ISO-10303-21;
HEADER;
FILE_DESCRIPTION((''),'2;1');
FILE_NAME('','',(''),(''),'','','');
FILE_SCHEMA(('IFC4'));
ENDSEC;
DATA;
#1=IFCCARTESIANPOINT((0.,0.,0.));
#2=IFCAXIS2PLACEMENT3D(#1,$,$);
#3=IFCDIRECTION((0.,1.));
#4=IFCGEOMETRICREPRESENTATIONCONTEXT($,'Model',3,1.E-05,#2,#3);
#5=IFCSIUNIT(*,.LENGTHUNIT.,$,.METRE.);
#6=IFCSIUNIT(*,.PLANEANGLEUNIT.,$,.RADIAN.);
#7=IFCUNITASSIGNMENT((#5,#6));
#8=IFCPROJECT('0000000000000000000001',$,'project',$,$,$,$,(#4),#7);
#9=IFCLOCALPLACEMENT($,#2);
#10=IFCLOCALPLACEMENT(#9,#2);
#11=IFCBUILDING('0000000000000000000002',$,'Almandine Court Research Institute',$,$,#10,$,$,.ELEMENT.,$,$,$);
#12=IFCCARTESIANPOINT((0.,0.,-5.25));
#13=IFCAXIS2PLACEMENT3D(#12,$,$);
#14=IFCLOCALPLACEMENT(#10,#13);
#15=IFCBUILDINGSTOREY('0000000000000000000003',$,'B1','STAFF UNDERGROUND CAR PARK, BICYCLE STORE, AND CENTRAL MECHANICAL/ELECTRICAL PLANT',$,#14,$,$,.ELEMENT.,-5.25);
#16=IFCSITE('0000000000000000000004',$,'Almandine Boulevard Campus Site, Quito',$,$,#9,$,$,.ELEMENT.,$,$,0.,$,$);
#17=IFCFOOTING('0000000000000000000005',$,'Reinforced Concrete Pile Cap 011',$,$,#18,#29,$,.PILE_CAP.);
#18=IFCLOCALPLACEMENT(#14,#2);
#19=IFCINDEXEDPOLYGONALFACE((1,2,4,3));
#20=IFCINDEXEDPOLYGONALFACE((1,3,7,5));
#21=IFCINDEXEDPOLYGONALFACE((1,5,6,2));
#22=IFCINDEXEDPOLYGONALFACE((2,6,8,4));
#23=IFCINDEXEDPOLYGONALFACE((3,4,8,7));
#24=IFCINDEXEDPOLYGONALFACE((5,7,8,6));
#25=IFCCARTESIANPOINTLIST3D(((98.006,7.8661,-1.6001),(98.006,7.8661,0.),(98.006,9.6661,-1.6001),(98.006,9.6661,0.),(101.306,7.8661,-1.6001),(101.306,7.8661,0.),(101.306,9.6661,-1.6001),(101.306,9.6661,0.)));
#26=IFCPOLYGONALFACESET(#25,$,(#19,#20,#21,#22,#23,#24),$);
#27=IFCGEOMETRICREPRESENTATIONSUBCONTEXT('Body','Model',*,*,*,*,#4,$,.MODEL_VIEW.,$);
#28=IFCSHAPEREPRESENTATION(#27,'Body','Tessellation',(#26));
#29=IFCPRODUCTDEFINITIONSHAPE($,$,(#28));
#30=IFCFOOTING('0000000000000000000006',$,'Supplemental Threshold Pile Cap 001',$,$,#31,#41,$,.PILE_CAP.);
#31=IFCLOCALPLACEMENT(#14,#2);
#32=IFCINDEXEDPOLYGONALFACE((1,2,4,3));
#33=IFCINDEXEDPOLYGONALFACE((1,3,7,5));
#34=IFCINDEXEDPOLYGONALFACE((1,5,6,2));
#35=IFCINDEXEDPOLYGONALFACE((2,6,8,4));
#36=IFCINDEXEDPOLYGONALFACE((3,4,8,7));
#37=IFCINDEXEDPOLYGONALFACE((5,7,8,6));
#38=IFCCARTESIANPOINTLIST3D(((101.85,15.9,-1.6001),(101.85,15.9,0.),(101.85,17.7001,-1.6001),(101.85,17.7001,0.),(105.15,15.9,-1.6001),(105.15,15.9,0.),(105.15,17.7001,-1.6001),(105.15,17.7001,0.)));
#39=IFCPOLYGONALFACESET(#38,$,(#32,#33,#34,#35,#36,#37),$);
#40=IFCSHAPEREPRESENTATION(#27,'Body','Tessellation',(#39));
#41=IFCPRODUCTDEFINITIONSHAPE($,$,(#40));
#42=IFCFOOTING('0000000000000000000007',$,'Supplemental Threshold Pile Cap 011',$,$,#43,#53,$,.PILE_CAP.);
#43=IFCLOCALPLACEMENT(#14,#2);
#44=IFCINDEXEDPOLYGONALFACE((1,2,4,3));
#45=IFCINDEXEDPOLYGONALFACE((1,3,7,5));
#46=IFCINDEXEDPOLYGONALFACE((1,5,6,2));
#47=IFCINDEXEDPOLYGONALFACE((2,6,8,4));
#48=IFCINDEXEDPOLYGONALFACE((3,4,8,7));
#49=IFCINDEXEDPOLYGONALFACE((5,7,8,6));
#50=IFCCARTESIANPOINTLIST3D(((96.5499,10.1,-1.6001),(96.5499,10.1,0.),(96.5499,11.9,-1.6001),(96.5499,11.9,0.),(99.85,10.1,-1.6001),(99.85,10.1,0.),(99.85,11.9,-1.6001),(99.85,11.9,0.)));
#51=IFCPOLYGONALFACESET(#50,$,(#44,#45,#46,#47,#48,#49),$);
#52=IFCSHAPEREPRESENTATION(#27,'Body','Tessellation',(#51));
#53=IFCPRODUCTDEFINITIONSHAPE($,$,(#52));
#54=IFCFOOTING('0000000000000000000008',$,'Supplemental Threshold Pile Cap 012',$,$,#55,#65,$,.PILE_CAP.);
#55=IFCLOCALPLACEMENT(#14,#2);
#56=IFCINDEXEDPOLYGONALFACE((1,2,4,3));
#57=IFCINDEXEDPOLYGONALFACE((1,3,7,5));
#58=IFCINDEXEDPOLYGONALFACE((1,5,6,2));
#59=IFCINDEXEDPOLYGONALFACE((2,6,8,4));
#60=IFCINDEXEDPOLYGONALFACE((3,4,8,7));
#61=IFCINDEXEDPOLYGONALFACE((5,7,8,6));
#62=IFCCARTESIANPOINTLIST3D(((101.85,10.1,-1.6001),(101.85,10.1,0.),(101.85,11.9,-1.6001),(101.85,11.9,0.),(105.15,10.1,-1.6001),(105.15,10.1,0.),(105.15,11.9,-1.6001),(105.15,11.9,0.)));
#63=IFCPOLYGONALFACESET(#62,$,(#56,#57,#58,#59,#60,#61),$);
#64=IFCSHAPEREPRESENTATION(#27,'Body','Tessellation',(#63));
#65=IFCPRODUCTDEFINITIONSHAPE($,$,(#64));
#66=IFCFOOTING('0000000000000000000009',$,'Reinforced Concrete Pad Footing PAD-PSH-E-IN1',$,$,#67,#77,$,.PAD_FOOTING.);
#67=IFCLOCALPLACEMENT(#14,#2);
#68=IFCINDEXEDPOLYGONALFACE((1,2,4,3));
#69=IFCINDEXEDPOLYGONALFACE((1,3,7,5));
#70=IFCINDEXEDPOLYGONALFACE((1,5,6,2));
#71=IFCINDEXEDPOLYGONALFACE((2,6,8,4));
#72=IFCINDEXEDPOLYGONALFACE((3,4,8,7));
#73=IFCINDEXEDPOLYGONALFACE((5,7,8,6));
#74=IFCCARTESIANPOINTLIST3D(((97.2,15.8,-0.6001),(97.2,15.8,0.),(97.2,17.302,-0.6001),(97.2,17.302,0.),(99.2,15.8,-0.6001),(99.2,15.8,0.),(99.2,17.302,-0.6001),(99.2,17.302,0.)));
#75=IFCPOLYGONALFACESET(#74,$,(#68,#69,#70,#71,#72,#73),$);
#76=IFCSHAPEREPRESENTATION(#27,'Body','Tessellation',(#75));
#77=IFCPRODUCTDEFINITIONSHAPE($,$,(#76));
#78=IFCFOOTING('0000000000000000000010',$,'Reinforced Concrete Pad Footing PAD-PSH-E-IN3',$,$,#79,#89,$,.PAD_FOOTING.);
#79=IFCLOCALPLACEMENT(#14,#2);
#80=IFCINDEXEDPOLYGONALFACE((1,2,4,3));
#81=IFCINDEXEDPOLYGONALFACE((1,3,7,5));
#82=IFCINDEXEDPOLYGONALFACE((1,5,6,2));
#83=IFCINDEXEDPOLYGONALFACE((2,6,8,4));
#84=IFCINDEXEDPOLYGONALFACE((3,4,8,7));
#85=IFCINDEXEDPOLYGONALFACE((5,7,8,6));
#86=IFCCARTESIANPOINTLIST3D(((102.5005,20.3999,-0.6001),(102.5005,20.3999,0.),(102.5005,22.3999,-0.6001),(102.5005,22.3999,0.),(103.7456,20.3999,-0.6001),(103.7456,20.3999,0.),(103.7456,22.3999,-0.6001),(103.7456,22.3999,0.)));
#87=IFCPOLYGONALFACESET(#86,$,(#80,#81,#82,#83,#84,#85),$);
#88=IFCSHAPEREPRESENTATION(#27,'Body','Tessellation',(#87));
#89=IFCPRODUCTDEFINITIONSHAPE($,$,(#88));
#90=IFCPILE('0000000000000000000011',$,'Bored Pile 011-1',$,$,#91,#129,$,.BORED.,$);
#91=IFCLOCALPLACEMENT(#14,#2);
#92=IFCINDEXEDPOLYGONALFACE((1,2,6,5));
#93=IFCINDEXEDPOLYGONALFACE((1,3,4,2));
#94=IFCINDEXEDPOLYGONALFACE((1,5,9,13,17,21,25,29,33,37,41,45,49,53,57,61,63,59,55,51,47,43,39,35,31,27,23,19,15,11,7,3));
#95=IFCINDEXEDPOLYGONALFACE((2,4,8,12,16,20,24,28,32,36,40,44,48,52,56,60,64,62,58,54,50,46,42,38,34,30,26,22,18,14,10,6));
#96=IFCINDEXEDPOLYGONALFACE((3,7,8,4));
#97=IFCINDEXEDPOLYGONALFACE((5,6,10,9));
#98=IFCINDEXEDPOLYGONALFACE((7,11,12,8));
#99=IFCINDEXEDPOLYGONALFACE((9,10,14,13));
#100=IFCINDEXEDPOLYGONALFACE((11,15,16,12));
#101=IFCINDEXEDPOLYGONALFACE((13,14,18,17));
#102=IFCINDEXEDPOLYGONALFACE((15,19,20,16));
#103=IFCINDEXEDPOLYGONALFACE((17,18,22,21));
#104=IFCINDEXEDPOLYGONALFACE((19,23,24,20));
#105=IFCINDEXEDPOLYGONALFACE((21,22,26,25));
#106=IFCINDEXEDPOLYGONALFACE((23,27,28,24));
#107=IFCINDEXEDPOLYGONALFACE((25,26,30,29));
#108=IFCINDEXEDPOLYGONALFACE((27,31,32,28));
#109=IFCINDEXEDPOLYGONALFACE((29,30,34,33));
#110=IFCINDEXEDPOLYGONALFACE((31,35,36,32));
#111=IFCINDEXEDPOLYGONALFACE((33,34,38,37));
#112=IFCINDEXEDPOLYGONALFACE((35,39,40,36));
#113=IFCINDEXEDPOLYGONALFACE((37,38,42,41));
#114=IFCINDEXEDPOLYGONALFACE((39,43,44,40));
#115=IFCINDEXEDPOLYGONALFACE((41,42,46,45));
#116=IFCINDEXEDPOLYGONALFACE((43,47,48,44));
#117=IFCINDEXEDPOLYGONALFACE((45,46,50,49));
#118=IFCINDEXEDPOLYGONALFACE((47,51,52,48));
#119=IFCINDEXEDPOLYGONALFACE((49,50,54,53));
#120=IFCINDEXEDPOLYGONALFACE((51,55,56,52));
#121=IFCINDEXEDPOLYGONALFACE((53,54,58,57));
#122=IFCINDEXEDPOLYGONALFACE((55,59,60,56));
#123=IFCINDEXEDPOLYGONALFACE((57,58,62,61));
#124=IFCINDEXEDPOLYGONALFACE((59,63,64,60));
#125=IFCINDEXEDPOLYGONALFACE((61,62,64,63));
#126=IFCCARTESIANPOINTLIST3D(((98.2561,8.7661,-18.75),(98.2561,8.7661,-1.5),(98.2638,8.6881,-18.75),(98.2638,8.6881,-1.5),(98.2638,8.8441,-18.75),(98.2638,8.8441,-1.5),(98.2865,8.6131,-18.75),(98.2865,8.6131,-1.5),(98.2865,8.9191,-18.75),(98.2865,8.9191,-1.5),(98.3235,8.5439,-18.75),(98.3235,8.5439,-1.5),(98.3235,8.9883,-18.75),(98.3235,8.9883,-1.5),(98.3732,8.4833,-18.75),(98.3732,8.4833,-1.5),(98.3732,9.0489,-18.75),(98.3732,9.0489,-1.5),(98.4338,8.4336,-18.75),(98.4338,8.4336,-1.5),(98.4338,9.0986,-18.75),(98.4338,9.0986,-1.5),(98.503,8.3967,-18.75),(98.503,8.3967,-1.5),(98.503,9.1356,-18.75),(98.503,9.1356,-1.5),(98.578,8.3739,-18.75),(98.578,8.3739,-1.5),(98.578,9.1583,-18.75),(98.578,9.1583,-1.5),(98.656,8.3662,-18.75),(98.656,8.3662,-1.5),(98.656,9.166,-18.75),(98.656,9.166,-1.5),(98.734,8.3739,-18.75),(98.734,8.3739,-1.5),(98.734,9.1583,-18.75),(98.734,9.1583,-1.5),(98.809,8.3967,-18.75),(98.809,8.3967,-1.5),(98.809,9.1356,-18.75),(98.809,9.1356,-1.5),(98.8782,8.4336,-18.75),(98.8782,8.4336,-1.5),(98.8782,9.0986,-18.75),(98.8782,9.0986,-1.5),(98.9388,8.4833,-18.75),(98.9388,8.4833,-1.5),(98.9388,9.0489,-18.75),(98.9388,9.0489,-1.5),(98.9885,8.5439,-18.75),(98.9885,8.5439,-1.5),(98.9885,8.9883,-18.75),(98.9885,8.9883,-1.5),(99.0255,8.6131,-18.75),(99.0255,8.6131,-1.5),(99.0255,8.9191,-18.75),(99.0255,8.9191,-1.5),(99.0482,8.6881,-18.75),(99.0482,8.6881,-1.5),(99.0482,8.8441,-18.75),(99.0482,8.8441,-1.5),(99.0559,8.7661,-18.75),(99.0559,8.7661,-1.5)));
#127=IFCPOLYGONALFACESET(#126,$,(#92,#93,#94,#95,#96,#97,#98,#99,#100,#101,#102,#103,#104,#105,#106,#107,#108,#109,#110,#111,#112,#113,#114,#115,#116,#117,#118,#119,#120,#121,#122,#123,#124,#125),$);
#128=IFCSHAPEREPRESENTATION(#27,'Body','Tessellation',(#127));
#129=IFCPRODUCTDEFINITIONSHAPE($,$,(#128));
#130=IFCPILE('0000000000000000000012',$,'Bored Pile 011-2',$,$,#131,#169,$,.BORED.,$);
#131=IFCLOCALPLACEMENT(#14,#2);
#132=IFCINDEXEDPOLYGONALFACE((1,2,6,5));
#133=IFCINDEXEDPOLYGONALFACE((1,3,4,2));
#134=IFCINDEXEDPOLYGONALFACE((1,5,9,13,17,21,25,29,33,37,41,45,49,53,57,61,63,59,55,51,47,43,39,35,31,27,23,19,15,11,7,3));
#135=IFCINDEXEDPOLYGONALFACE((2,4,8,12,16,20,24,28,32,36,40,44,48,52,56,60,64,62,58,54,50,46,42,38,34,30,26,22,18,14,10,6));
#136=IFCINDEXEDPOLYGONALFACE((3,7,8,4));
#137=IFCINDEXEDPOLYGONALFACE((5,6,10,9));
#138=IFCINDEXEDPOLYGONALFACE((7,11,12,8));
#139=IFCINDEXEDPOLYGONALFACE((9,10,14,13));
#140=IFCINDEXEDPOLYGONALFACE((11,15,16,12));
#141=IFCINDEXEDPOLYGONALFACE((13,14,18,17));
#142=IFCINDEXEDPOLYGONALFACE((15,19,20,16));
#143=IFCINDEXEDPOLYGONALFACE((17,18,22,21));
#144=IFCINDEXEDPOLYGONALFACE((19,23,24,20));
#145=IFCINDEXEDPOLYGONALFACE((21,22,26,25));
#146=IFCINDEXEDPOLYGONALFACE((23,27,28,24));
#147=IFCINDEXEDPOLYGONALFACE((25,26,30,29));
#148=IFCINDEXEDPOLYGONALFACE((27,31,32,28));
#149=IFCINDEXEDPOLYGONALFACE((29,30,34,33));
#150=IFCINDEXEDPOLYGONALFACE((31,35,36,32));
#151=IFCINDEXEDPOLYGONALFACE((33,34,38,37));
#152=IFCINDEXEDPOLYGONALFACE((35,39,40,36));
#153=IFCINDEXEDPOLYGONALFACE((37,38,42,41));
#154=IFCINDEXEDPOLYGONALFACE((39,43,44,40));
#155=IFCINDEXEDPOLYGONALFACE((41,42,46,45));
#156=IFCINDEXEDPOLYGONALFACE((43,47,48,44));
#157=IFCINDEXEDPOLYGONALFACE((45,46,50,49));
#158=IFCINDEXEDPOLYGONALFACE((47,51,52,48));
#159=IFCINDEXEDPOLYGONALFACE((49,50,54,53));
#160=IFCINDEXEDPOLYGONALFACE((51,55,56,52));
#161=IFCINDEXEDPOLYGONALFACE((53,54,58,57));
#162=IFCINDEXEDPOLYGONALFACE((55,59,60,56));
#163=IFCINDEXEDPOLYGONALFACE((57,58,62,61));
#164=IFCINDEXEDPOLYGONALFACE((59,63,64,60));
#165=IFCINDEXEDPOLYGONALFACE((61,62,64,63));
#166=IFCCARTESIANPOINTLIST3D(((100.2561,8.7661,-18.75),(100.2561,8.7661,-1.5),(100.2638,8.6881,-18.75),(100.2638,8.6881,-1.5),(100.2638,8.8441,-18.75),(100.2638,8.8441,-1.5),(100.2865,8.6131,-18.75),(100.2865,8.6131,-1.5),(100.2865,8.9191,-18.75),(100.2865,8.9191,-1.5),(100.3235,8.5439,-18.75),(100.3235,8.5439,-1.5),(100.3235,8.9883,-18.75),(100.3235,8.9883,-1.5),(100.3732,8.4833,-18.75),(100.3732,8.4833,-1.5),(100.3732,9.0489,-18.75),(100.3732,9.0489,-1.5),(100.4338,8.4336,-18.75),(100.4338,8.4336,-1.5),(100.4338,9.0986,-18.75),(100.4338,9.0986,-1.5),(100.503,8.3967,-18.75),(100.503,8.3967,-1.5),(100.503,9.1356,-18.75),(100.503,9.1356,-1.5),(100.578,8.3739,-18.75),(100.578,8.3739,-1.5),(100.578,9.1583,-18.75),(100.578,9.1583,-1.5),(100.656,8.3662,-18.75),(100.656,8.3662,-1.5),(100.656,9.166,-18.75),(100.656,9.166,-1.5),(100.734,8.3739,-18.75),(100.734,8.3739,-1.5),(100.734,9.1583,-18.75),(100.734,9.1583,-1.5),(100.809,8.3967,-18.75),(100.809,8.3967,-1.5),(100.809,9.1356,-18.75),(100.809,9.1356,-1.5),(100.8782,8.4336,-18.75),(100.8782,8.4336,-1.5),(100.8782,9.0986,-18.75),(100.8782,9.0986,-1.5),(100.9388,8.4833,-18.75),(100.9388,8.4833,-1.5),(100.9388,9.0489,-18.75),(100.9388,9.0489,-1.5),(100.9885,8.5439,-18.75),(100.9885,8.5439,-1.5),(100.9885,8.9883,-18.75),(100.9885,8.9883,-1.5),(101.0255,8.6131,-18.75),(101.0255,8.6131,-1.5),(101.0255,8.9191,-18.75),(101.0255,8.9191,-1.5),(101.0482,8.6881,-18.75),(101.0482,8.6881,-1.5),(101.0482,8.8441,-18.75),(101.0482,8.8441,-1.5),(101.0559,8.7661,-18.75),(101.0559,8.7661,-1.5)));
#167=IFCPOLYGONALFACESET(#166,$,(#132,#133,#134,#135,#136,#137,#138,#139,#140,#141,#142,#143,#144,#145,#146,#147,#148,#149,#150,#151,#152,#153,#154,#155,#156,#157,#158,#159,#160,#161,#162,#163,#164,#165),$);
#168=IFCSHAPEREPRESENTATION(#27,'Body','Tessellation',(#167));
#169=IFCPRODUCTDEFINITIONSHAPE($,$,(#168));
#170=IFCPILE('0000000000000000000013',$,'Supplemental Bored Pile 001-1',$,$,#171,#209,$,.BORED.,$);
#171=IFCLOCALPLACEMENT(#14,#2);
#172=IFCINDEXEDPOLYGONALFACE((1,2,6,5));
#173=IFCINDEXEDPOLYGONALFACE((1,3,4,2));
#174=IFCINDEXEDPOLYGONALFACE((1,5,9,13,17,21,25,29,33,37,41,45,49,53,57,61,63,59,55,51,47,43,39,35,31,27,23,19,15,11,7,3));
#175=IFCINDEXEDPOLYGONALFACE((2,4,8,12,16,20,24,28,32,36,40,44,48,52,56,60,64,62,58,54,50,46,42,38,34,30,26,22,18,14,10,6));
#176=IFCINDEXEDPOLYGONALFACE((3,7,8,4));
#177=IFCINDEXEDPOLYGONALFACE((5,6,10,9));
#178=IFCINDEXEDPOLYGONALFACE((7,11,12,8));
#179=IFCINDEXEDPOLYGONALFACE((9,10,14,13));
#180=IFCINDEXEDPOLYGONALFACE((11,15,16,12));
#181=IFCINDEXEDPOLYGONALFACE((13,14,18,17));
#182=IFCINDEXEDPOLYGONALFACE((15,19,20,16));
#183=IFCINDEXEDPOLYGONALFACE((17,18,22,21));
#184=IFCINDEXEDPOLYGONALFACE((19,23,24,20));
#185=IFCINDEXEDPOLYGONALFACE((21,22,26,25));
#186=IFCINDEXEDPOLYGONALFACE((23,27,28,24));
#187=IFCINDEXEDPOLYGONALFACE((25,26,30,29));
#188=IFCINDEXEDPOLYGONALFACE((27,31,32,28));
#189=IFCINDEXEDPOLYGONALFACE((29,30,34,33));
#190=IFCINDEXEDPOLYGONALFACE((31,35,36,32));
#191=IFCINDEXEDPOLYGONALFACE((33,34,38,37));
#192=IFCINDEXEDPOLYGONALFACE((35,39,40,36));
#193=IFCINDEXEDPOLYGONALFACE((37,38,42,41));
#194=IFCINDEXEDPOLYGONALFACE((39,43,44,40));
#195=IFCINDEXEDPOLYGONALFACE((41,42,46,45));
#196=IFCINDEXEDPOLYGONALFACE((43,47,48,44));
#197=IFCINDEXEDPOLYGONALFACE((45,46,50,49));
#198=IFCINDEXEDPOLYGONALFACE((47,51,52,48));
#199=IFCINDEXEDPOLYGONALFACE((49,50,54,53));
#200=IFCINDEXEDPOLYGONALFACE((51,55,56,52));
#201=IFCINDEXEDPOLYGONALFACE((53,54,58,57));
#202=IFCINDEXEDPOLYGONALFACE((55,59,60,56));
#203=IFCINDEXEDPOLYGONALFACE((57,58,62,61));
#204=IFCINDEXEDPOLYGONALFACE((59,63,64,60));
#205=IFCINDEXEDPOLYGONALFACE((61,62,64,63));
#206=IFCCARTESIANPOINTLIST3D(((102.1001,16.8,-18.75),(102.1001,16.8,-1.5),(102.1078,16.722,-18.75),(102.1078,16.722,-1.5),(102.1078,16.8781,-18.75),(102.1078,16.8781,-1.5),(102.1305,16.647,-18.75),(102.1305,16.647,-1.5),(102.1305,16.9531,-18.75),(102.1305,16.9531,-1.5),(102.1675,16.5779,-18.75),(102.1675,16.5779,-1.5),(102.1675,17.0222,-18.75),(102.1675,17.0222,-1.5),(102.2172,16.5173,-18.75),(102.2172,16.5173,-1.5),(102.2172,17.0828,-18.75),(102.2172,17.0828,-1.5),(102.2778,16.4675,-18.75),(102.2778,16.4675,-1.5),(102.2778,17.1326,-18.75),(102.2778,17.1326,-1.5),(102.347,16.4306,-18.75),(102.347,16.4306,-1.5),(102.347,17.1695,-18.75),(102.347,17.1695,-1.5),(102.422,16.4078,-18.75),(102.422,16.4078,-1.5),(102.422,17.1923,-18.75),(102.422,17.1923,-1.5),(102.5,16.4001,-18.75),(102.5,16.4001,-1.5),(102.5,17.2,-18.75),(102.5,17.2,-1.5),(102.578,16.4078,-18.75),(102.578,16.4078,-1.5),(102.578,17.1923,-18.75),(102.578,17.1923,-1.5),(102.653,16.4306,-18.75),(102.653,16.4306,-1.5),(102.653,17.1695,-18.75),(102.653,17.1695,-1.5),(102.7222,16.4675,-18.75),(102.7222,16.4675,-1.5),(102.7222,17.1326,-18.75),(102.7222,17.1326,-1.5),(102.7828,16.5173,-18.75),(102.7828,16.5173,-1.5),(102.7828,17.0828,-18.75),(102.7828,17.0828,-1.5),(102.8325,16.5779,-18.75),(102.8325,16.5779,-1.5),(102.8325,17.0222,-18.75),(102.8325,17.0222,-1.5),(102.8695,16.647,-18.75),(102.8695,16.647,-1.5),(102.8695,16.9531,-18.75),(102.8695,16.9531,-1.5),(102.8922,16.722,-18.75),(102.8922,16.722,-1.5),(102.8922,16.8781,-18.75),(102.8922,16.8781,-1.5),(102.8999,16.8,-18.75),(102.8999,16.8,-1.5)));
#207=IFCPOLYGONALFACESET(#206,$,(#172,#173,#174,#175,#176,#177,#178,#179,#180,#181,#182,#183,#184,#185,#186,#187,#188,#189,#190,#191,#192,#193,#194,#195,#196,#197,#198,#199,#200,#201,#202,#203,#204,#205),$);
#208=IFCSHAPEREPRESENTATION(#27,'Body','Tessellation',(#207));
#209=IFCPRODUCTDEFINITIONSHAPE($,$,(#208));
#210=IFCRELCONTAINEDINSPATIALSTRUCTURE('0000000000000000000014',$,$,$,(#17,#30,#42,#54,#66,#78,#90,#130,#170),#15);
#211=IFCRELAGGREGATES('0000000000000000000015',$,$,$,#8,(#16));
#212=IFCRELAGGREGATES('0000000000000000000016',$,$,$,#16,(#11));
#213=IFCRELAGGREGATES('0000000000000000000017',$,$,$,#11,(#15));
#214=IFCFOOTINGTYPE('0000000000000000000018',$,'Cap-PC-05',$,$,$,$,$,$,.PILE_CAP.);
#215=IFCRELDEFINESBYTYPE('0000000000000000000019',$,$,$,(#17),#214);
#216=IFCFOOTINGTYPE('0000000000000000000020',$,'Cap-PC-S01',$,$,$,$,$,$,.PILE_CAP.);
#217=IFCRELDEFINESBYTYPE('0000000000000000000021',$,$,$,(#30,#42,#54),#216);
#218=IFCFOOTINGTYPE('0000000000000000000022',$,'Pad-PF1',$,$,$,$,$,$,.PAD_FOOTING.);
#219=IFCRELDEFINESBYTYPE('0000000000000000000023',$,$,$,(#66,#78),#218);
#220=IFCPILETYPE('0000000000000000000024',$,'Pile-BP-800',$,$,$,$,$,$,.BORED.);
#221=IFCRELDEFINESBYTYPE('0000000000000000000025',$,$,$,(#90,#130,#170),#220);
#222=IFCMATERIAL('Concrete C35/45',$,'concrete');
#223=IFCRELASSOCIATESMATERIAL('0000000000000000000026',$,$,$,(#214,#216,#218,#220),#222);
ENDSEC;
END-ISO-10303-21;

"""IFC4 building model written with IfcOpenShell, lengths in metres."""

from ifc_helpers import new_model, si_unit, direction, frame, origin, origin_2d, place, context, subcontext, project, spatial, rectangle, circle, extrude, material, material_profile, profile_set, type_object, element, save


model = new_model("IFC4")

# Units and contexts
model_context = context("Model", 3, precision=1e-05, world=origin(), true_north=direction((0.0, 1.0)))
body_context = subcontext(model_context, "Body", "Model", "MODEL_VIEW")
ifc_project = project(units=[si_unit("LENGTHUNIT", "METRE"), si_unit("PLANEANGLEUNIT", "RADIAN")], contexts=[model_context])

# Site, building, storey
site_placement = place(None, origin())
site = spatial("IfcSite", under=ifc_project, at=site_placement, Name="Almandine Boulevard Campus Site, Quito", CompositionType="ELEMENT", RefElevation=0.0)
building_placement = place(site_placement, origin())
building = spatial("IfcBuilding", under=site, at=building_placement, Name="Almandine Court Research Institute", CompositionType="ELEMENT")
storey_placement = place(building_placement, frame((0.0, 0.0, -5.25)))
storey = spatial("IfcBuildingStorey", under=building, at=storey_placement, Name="B1", Description="STAFF UNDERGROUND CAR PARK, BICYCLE STORE, AND CENTRAL MECHANICAL/ELECTRICAL PLANT", CompositionType="ELEMENT", Elevation=-5.25)

# Footings
ifc_material_1 = material(Name="Concrete C35/45", Category="concrete")
footing_type_1 = type_object("IfcFootingType", Name="Cap-PC-05", PredefinedType="PILE_CAP", material=ifc_material_1)
footing_1_placement = place(storey_placement, frame((99.656, 8.7661, -1.6001), z_axis=(0.0, 0.0, 1.0), x_axis=(1.0, 0.0, 0.0)))
element("IfcFooting", 1, at=footing_1_placement, inside=storey, type_object=footing_type_1, Name="Reinforced Concrete Pile Cap 011", PredefinedType="PILE_CAP", context=body_context, shape_type="SweptSolid", body=[
    extrude(rectangle(XDim=3.3, YDim=1.8, at=origin_2d()), origin(), (0.0, 0.0, 1.0), 1.6001),
])
footing_type_2 = type_object("IfcFootingType", Name="Cap-PC-S01", PredefinedType="PILE_CAP", material=ifc_material_1)
for number, where, z_axis, x_axis, name in (
    (2, (103.5, 16.8, -1.6001), (0.0, 0.0, 1.0), (1.0, 0.0, 0.0), "Supplemental Threshold Pile Cap 001"),
    (3, (98.2, 11.0, -1.6001), (0.0, 0.0, 1.0), (1.0, 0.0, 0.0), "Supplemental Threshold Pile Cap 011"),
    (4, (103.5, 11.0, -1.6001), (0.0, 0.0, 1.0), (1.0, 0.0, 0.0), "Supplemental Threshold Pile Cap 012"),
):
    element("IfcFooting", number, at=place(storey_placement, frame(where, z_axis=z_axis, x_axis=x_axis)), inside=storey, type_object=footing_type_2, Name=name, PredefinedType="PILE_CAP", context=body_context, shape_type="SweptSolid", body=[
        extrude(rectangle(XDim=3.3, YDim=1.8, at=origin_2d()), origin(), (0.0, 0.0, 1.0), 1.6001),
    ])
footing_type_3 = type_object("IfcFootingType", Name="Pad-PF1", PredefinedType="PAD_FOOTING", material=ifc_material_1)
footing_2_placement = place(storey_placement, frame((98.2, 16.551, -0.6001), z_axis=(0.0, 0.0, 1.0), x_axis=(1.0, 0.0, 0.0)))
element("IfcFooting", 5, at=footing_2_placement, inside=storey, type_object=footing_type_3, Name="Reinforced Concrete Pad Footing PAD-PSH-E-IN1", PredefinedType="PAD_FOOTING", context=body_context, shape_type="SweptSolid", body=[
    extrude(rectangle(XDim=2.0, YDim=1.502, at=origin_2d()), origin(), (0.0, 0.0, 1.0), 0.6001),
])
footing_3_placement = place(storey_placement, frame((103.123, 21.3999, -0.6001), z_axis=(0.0, 0.0, 1.0), x_axis=(1.0, 0.0, 0.0)))
element("IfcFooting", 6, at=footing_3_placement, inside=storey, type_object=footing_type_3, Name="Reinforced Concrete Pad Footing PAD-PSH-E-IN3", PredefinedType="PAD_FOOTING", context=body_context, shape_type="SweptSolid", body=[
    extrude(rectangle(XDim=1.2451, YDim=2.0, at=origin_2d()), origin(), (0.0, 0.0, 1.0), 0.6001),
])

# Piles
ifc_material_profile_1 = material_profile(ifc_material_1, circle(Radius=0.3999, at=origin_2d()), Name="BORED PILE D800")
ifc_profile_set_1 = profile_set([ifc_material_profile_1], Name="Concrete C35/45")
pile_type = type_object("IfcPileType", Name="Pile-BP-800", PredefinedType="BORED", material=ifc_profile_set_1)
for number, where, z_axis, x_axis, name in (
    (7, (98.656, 8.7661, -1.5), (0.0, 0.0, -1.0), (1.0, 0.0, 0.0), "Bored Pile 011-1"),
    (8, (100.656, 8.7661, -1.5), (0.0, 0.0, -1.0), (1.0, 0.0, 0.0), "Bored Pile 011-2"),
    (9, (102.5, 16.8, -1.5), (0.0, 0.0, -1.0), (1.0, 0.0, 0.0), "Supplemental Bored Pile 001-1"),
):
    element("IfcPile", number, at=place(storey_placement, frame(where, z_axis=z_axis, x_axis=x_axis)), inside=storey, type_object=pile_type, Name=name, PredefinedType="BORED", context=body_context, shape_type="SweptSolid", body=[
        extrude(circle(Radius=0.3999, at=origin_2d()), origin(), (0.0, 0.0, 1.0), 17.25),
    ])

save(model, "model.ifc")
